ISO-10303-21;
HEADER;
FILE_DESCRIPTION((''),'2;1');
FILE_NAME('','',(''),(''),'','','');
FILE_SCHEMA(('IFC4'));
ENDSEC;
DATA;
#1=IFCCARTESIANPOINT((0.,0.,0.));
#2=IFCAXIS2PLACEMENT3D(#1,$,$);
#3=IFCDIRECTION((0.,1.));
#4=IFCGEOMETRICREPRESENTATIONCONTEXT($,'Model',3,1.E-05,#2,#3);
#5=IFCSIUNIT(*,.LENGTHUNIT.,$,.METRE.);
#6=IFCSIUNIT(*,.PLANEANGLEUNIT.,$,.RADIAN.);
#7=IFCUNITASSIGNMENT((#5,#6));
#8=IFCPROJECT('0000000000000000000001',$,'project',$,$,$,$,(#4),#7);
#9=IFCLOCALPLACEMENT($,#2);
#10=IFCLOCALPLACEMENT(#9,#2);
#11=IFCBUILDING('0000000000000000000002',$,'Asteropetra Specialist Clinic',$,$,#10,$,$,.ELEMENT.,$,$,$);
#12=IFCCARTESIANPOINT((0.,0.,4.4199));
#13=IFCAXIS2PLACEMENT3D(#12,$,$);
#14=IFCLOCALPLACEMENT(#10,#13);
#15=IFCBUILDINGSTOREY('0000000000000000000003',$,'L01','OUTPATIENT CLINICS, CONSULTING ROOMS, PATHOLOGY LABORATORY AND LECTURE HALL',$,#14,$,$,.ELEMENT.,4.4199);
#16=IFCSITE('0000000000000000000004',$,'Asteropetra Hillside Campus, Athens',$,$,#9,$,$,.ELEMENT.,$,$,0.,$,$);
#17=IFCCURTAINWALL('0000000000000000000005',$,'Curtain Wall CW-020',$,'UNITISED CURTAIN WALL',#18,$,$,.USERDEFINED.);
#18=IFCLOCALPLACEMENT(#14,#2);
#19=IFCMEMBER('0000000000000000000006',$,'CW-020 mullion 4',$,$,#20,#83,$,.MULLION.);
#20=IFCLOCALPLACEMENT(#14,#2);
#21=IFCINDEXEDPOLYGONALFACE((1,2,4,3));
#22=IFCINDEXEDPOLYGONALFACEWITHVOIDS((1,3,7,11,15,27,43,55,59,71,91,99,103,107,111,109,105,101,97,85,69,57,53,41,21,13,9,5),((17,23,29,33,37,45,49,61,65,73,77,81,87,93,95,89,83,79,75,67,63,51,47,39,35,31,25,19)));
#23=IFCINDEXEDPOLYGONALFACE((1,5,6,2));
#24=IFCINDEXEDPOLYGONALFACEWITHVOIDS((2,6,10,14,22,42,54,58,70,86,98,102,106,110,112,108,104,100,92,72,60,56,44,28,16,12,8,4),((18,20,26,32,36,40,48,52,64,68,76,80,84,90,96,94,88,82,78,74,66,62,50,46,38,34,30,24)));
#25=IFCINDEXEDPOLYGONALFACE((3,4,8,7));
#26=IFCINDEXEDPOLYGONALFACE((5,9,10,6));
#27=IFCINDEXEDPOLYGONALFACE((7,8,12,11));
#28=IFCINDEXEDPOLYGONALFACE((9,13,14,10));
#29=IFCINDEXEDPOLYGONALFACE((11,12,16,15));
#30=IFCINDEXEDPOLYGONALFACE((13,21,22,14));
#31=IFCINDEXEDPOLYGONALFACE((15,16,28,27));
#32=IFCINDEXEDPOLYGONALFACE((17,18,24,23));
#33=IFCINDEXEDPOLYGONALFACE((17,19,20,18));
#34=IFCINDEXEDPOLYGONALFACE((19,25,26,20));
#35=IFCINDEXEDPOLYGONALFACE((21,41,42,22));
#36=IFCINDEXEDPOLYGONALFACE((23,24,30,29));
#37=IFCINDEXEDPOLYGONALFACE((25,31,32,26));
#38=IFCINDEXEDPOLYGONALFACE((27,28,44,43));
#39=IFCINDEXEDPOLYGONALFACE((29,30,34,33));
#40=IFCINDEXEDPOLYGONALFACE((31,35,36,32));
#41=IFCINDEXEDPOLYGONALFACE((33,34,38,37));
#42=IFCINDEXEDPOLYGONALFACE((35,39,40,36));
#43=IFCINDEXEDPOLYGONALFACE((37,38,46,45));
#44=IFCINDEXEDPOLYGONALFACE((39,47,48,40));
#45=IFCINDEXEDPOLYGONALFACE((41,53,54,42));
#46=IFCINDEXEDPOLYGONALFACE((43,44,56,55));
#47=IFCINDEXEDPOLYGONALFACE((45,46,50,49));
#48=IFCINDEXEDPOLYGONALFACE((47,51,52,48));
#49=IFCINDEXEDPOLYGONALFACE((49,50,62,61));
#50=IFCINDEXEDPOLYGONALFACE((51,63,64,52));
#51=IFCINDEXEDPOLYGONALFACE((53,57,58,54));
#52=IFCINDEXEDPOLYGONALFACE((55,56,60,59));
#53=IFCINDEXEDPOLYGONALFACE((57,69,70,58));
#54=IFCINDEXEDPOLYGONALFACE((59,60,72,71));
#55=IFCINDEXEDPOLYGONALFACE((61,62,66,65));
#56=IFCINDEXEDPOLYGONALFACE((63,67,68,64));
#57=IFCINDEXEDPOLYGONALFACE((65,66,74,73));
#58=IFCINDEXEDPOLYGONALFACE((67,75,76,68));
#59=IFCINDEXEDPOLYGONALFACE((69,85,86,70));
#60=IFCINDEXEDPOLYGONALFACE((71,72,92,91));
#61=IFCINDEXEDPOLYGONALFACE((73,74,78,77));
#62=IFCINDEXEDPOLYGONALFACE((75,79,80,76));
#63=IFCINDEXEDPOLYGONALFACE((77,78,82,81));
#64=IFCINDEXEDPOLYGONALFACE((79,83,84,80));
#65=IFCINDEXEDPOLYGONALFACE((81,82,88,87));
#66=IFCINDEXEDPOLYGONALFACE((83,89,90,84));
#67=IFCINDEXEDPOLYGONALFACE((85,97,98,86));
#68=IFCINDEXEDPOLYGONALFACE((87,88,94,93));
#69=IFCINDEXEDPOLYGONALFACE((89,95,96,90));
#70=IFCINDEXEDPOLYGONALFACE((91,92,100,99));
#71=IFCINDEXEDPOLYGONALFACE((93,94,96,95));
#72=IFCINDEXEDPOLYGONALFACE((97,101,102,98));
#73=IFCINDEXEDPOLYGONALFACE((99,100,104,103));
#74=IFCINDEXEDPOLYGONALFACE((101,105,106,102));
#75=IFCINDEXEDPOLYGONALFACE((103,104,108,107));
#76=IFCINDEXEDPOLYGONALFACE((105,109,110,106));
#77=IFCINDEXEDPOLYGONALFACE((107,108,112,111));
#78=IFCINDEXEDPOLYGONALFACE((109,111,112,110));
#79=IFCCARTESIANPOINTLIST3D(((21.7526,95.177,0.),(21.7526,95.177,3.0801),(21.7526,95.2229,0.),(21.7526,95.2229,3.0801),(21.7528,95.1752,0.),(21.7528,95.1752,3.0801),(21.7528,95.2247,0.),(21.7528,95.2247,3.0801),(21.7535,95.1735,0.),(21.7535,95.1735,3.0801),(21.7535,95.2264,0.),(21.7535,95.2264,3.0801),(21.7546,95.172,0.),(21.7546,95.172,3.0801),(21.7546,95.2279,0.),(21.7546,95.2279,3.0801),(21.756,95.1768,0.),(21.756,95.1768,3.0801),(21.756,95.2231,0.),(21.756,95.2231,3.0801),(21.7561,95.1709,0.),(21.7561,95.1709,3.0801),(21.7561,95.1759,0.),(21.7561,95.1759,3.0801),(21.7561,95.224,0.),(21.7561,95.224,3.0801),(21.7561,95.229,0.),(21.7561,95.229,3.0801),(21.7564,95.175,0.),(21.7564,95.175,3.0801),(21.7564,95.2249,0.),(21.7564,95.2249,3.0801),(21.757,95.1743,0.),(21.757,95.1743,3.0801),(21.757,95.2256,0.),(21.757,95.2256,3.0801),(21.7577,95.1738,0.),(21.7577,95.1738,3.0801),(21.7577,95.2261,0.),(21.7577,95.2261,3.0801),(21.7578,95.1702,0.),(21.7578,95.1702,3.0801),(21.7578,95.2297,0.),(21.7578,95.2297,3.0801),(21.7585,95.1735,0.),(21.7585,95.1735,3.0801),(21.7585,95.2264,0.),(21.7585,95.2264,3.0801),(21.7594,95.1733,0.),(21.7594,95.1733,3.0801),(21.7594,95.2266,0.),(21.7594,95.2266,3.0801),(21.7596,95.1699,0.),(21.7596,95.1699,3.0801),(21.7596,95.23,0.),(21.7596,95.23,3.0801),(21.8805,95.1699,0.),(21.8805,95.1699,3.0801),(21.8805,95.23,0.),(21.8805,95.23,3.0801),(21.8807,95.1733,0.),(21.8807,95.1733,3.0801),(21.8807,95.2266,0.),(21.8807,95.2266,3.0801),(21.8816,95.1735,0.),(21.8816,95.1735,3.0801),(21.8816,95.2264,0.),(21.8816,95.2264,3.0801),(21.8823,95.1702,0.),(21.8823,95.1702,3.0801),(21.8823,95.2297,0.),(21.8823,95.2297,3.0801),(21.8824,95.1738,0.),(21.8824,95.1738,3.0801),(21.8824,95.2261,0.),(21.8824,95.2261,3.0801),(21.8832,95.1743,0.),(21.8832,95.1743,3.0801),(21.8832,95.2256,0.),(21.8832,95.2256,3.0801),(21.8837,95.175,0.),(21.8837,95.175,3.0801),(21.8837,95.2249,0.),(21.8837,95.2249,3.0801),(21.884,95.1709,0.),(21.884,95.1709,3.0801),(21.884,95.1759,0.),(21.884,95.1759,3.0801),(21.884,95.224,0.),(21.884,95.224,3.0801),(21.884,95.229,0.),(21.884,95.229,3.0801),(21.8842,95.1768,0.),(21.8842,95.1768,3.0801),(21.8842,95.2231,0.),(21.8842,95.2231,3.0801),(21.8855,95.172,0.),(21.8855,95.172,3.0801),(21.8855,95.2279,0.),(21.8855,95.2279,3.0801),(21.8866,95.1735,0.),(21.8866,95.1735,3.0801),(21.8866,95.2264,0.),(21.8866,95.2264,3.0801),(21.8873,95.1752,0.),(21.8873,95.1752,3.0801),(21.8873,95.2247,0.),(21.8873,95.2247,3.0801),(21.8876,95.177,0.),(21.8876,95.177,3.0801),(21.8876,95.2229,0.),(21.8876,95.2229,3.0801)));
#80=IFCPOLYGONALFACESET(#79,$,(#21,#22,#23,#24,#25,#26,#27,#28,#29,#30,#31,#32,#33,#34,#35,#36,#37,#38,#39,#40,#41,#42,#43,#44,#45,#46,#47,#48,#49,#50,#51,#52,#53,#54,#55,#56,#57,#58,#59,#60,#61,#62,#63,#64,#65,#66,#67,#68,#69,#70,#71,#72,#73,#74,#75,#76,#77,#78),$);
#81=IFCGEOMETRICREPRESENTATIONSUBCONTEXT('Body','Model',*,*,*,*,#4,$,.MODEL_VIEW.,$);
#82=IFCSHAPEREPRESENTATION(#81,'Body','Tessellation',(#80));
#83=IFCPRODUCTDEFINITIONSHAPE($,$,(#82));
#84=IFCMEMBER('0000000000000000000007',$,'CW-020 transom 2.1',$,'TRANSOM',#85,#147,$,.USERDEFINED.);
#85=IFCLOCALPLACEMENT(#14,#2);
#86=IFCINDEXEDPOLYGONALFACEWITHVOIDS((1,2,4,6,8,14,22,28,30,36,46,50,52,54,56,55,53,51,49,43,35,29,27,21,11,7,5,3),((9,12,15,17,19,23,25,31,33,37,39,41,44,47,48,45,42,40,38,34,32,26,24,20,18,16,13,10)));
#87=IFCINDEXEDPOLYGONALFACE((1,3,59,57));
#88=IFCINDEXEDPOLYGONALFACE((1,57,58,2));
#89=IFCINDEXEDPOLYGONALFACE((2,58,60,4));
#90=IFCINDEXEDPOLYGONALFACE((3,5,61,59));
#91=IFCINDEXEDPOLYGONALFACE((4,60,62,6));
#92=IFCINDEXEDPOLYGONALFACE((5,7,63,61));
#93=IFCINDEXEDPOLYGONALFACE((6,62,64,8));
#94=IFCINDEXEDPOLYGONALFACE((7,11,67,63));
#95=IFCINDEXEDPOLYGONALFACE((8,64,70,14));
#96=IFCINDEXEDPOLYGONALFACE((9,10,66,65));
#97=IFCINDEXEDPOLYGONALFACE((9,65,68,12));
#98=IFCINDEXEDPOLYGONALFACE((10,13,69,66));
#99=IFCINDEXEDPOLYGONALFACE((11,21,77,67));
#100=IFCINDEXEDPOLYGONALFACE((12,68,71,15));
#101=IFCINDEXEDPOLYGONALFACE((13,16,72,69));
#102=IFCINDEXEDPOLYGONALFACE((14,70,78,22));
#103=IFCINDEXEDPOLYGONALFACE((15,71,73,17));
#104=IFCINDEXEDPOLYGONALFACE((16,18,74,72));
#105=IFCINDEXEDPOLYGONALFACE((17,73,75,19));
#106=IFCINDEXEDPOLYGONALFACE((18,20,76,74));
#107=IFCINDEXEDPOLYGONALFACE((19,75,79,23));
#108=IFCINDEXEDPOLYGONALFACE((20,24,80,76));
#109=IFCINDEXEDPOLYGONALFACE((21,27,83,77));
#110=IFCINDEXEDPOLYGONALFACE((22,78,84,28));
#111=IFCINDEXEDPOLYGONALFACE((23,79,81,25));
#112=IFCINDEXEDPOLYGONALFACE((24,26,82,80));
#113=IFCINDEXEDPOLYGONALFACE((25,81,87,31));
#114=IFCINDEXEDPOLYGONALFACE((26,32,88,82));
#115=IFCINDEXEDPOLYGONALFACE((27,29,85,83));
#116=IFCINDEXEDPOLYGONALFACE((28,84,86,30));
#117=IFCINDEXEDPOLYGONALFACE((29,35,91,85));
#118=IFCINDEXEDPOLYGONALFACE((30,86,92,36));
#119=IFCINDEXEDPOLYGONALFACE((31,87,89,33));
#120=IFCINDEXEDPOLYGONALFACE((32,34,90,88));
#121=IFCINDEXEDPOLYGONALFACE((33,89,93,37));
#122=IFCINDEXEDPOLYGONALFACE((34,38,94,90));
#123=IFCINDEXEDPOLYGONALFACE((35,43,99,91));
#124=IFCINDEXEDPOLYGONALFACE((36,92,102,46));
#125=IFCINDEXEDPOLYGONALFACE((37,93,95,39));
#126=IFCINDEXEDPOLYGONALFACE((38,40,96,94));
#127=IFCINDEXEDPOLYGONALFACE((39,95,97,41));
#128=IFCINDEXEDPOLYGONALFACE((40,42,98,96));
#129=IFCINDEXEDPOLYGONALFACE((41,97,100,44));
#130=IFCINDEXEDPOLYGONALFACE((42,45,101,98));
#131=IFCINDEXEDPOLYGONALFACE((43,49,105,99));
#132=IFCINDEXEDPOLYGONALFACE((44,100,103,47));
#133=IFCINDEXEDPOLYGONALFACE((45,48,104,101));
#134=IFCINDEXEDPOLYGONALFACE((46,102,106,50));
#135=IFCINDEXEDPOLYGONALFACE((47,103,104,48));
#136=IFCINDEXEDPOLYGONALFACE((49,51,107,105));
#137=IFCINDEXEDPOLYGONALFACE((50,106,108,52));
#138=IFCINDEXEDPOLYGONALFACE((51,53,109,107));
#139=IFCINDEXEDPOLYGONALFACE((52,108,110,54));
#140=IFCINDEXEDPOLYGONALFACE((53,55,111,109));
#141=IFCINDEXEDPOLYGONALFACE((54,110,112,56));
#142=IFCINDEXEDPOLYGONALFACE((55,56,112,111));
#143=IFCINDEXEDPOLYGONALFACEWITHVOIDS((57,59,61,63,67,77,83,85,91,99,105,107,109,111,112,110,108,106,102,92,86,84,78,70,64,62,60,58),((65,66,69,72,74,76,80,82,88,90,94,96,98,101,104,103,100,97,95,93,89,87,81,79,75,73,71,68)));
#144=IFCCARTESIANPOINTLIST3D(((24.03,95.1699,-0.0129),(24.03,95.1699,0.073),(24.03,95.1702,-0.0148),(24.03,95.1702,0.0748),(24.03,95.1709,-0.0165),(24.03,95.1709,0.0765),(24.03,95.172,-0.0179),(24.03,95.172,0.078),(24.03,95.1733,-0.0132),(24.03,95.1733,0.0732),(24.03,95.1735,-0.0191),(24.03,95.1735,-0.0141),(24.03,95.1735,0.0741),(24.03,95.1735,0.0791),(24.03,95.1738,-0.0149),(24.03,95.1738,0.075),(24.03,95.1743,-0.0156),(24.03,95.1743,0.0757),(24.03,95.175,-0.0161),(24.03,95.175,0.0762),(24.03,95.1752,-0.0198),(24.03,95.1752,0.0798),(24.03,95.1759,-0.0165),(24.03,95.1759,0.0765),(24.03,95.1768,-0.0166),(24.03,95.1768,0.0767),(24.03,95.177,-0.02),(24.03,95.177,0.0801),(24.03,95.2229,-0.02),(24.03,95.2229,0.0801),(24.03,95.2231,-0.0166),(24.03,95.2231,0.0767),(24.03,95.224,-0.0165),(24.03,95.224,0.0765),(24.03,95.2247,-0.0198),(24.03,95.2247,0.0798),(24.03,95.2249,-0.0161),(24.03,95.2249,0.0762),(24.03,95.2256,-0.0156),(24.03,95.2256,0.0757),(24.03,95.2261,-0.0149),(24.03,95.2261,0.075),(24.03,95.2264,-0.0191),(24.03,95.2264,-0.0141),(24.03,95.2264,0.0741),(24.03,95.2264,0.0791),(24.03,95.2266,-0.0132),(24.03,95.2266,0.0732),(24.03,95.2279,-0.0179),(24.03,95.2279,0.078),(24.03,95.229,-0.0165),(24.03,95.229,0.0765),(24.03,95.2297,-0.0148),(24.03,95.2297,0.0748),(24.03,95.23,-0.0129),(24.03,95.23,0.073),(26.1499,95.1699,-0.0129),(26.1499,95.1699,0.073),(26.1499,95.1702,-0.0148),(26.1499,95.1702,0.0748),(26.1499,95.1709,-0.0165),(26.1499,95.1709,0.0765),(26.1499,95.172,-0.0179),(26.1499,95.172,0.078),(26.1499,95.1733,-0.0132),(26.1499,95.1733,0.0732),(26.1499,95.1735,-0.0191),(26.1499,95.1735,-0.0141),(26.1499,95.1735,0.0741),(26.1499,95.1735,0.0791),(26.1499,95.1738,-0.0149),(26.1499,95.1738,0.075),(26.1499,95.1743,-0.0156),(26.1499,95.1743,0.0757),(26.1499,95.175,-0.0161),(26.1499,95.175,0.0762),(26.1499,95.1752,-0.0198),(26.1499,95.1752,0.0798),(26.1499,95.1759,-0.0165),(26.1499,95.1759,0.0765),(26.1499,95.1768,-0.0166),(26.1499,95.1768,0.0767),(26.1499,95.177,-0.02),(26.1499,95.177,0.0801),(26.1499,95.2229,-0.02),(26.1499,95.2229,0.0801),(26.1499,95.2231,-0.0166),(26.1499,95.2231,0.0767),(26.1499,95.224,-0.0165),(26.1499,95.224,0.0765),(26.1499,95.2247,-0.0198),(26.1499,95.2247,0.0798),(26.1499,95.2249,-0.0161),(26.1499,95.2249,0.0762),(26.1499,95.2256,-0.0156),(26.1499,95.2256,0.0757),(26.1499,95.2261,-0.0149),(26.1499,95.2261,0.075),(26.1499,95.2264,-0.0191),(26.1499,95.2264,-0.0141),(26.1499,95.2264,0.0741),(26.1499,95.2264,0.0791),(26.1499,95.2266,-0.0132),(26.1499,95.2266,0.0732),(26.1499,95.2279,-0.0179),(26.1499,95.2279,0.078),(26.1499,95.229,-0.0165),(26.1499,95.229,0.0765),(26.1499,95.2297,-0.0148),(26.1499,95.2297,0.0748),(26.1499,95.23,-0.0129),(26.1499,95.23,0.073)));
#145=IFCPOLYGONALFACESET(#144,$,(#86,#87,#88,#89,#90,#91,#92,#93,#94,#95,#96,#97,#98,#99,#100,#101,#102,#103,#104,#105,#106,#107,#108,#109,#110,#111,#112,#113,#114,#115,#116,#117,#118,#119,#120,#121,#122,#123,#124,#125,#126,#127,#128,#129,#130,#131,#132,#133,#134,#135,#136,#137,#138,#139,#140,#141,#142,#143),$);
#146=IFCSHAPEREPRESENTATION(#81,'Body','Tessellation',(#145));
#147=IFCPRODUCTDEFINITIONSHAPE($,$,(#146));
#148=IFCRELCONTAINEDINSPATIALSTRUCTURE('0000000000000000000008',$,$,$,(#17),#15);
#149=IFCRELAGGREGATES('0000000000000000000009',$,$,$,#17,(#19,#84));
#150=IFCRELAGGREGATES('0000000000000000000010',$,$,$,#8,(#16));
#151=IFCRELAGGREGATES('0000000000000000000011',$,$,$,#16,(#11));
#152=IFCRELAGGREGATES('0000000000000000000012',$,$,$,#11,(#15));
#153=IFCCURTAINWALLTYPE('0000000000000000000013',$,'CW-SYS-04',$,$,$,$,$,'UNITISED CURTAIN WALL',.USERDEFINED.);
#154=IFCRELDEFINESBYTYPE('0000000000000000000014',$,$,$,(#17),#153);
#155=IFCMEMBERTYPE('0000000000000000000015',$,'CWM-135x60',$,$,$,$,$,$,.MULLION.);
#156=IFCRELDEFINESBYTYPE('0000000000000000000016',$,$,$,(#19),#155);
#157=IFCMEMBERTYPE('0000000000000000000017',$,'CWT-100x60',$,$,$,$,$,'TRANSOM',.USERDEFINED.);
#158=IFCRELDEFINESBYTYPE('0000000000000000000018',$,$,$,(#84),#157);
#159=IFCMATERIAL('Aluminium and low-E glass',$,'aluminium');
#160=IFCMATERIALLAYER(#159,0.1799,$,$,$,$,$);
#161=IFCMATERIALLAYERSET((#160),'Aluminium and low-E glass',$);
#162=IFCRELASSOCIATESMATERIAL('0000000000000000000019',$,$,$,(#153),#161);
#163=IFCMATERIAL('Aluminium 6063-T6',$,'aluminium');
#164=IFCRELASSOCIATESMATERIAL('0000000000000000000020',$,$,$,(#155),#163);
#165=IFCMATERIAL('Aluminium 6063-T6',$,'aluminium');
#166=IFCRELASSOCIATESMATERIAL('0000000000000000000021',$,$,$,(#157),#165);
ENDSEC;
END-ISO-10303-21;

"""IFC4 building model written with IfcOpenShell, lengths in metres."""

from ifc_helpers import new_model, si_unit, direction, frame, origin, origin_2d, place, context, subcontext, project, spatial, hollow_rectangle, extrude, material, layer, layer_set, material_profile, profile_set, type_object, element, aggregate, save


model = new_model("IFC4")

# Units and contexts
model_context = context("Model", 3, precision=1e-05, world=origin(), true_north=direction((0.0, 1.0)))
body_context = subcontext(model_context, "Body", "Model", "MODEL_VIEW")
ifc_project = project(units=[si_unit("LENGTHUNIT", "METRE"), si_unit("PLANEANGLEUNIT", "RADIAN")], contexts=[model_context])

# Site, building, storey
site_placement = place(None, origin())
site = spatial("IfcSite", under=ifc_project, at=site_placement, Name="Asteropetra Hillside Campus, Athens", CompositionType="ELEMENT", RefElevation=0.0)
building_placement = place(site_placement, origin())
building = spatial("IfcBuilding", under=site, at=building_placement, Name="Asteropetra Specialist Clinic", CompositionType="ELEMENT")
storey_placement = place(building_placement, frame((0.0, 0.0, 4.4199)))
storey = spatial("IfcBuildingStorey", under=building, at=storey_placement, Name="L01", Description="OUTPATIENT CLINICS, CONSULTING ROOMS, PATHOLOGY LABORATORY AND LECTURE HALL", CompositionType="ELEMENT", Elevation=4.4199)

# Curtain wall, members
ifc_material_1 = material(Name="Aluminium and low-E glass", Category="aluminium")
ifc_layer_1 = layer(ifc_material_1, 0.1799)
ifc_layer_set_1 = layer_set([ifc_layer_1], Name="Aluminium and low-E glass")
curtain_wall_type = type_object("IfcCurtainWallType", Name="CW-SYS-04", ElementType="UNITISED CURTAIN WALL", PredefinedType="USERDEFINED", material=ifc_layer_set_1)
curtain_wall_placement = place(storey_placement, origin())
curtain_wall = element("IfcCurtainWall", 1, at=curtain_wall_placement, inside=storey, type_object=curtain_wall_type, Name="Curtain Wall CW-020", ObjectType="UNITISED CURTAIN WALL", PredefinedType="USERDEFINED")
ifc_material_2 = material(Name="Aluminium 6063-T6", Category="aluminium")
ifc_material_profile_1 = material_profile(ifc_material_2, hollow_rectangle(XDim=0.0601, YDim=0.135, WallThickness=0.0034, InnerFilletRadius=0.0034, OuterFilletRadius=0.0071, at=origin_2d()), Name="MUL 135x60x3.5")
ifc_profile_set_1 = profile_set([ifc_material_profile_1], Name="Aluminium 6063-T6")
member_type_1 = type_object("IfcMemberType", Name="CWM-135x60", PredefinedType="MULLION", material=ifc_profile_set_1)
member_1_placement = place(storey_placement, frame((21.8201, 95.2, 0.0), z_axis=(0.0, 0.0, 1.0), x_axis=(0.0, -1.0, 0.0)))
member_1 = element("IfcMember", 2, at=member_1_placement, type_object=member_type_1, Name="CW-020 mullion 4", PredefinedType="MULLION", context=body_context, shape_type="SweptSolid", body=[
    extrude(hollow_rectangle(XDim=0.0601, YDim=0.135, WallThickness=0.0034, InnerFilletRadius=0.0034, OuterFilletRadius=0.0071, at=origin_2d()), origin(), (0.0, 0.0, 1.0), 3.0801),
])
ifc_material_3 = material(Name="Aluminium 6063-T6", Category="aluminium")
ifc_material_profile_2 = material_profile(ifc_material_3, hollow_rectangle(XDim=0.0601, YDim=0.1001, WallThickness=0.0034, InnerFilletRadius=0.0034, OuterFilletRadius=0.0071, at=origin_2d()), Name="TRN 100x60x3.5")
ifc_profile_set_2 = profile_set([ifc_material_profile_2], Name="Aluminium 6063-T6")
member_type_2 = type_object("IfcMemberType", Name="CWT-100x60", ElementType="TRANSOM", PredefinedType="USERDEFINED", material=ifc_profile_set_2)
member_2_placement = place(storey_placement, frame((26.1499, 95.2, 0.03), z_axis=(-1.0, 0.0, 0.0), x_axis=(0.0, -1.0, 0.0)))
member_2 = element("IfcMember", 3, at=member_2_placement, type_object=member_type_2, Name="CW-020 transom 2.1", ObjectType="TRANSOM", PredefinedType="USERDEFINED", context=body_context, shape_type="SweptSolid", body=[
    extrude(hollow_rectangle(XDim=0.0601, YDim=0.1001, WallThickness=0.0034, InnerFilletRadius=0.0034, OuterFilletRadius=0.0071, at=origin_2d()), origin(), (0.0, 0.0, 1.0), 2.1199),
])
aggregate(curtain_wall, [member_1, member_2])

save(model, "model.ifc")
